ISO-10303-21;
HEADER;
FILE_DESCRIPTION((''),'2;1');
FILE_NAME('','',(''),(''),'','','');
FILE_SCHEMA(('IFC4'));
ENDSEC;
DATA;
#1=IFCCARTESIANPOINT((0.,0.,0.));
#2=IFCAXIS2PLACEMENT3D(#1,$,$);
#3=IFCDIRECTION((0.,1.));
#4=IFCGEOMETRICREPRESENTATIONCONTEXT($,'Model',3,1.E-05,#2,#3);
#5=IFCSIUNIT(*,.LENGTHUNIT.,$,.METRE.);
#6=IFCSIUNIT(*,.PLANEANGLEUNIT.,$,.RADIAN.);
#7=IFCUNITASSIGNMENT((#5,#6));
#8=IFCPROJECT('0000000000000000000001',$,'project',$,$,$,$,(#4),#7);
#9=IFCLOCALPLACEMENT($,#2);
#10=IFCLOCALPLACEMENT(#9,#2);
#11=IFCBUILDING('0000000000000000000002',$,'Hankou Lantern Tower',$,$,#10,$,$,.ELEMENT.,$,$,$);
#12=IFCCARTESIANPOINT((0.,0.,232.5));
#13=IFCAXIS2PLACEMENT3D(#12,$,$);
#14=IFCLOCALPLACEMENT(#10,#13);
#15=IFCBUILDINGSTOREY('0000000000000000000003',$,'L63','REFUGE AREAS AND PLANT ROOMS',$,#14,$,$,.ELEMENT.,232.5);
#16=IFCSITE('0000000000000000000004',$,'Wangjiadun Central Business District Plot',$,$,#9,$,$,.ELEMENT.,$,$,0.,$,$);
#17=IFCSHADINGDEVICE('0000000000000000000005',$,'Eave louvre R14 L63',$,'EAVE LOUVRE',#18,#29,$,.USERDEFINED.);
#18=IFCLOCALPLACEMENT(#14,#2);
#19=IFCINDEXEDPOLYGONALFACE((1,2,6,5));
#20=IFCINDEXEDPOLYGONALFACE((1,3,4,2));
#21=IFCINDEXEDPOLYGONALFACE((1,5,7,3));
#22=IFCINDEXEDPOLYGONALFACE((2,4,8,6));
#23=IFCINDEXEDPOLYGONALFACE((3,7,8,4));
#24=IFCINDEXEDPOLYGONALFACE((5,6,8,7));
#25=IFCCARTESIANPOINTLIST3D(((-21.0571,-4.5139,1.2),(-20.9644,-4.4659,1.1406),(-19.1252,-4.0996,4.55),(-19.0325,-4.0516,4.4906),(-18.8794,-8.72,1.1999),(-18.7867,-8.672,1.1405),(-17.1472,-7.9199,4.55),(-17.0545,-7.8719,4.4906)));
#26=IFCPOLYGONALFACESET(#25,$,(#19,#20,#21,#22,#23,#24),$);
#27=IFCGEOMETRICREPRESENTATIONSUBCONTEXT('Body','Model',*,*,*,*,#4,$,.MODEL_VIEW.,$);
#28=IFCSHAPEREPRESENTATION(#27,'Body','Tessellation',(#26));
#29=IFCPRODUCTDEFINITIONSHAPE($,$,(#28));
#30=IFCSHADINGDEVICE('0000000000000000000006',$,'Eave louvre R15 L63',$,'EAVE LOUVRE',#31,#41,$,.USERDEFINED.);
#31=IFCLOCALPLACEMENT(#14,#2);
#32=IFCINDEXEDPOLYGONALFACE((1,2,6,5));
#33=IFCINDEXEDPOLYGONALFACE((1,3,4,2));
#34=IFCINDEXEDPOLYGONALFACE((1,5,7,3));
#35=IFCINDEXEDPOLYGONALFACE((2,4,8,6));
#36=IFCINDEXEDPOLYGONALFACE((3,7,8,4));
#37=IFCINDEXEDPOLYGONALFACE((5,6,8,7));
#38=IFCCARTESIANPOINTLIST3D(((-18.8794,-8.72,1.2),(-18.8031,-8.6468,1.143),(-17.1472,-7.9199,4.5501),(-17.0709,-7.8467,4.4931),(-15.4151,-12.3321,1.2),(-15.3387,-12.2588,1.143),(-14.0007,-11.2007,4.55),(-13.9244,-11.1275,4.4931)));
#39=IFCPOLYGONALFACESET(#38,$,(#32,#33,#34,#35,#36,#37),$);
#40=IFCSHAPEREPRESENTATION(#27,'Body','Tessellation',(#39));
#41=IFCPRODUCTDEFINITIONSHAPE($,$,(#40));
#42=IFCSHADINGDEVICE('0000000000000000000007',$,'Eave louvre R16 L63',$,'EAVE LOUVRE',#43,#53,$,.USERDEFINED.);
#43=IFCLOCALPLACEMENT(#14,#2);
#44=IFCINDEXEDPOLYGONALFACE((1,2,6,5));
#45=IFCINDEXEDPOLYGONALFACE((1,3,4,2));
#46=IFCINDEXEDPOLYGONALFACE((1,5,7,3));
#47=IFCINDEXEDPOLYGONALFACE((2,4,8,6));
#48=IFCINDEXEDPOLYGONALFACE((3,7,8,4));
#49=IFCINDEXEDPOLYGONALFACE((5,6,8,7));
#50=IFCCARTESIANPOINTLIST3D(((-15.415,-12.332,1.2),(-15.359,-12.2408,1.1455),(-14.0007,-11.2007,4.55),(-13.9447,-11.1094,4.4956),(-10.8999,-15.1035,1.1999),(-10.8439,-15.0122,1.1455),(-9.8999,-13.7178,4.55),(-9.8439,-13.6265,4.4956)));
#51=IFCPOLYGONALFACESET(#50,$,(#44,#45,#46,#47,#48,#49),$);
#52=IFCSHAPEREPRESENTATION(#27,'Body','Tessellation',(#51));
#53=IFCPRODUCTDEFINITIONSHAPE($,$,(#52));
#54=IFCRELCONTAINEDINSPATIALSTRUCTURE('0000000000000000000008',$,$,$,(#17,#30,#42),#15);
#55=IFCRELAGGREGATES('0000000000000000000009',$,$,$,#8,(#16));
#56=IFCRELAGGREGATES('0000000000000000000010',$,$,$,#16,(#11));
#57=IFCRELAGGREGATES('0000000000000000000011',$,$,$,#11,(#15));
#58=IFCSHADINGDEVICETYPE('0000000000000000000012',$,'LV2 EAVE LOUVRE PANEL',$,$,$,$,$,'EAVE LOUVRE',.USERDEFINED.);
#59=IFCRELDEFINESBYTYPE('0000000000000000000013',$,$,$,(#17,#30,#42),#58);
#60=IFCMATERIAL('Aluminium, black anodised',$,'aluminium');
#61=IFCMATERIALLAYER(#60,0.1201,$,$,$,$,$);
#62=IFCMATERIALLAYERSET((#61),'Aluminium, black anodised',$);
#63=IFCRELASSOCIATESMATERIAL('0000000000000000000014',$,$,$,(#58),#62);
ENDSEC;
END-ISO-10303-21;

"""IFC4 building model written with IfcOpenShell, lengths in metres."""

from ifc_helpers import new_model, si_unit, direction, frame, origin, place, context, subcontext, project, spatial, polyline, outline, extrude, material, layer, layer_set, type_object, element, save


model = new_model("IFC4")

# Units and contexts
model_context = context("Model", 3, precision=1e-05, world=origin(), true_north=direction((0.0, 1.0)))
body_context = subcontext(model_context, "Body", "Model", "MODEL_VIEW")
ifc_project = project(units=[si_unit("LENGTHUNIT", "METRE"), si_unit("PLANEANGLEUNIT", "RADIAN")], contexts=[model_context])

# Site, building, storey
site_placement = place(None, origin())
site = spatial("IfcSite", under=ifc_project, at=site_placement, Name="Wangjiadun Central Business District Plot", CompositionType="ELEMENT", RefElevation=0.0)
building_placement = place(site_placement, origin())
building = spatial("IfcBuilding", under=site, at=building_placement, Name="Hankou Lantern Tower", CompositionType="ELEMENT")
storey_placement = place(building_placement, frame((0.0, 0.0, 232.5)))
storey = spatial("IfcBuildingStorey", under=building, at=storey_placement, Name="L63", Description="REFUGE AREAS AND PLANT ROOMS", CompositionType="ELEMENT", Elevation=232.5)

# Shading devices
ifc_material_1 = material(Name="Aluminium, black anodised", Category="aluminium")
ifc_layer_1 = layer(ifc_material_1, 0.1201)
ifc_layer_set_1 = layer_set([ifc_layer_1], Name="Aluminium, black anodised")
shading_device_type = type_object("IfcShadingDeviceType", Name="LV2 EAVE LOUVRE PANEL", ElementType="EAVE LOUVRE", PredefinedType="USERDEFINED", material=ifc_layer_set_1)
shading_device_1_placement = place(storey_placement, frame((-21.0571, -4.5139, 1.2), z_axis=(-0.771844, -0.399633, 0.49452), x_axis=(0.459788, -0.888028, -0.000001)))
element("IfcShadingDevice", 1, at=shading_device_1_placement, inside=storey, type_object=shading_device_type, Name="Eave louvre R14 L63", ObjectType="EAVE LOUVRE", PredefinedType="USERDEFINED", context=body_context, shape_type="SweptSolid", body=[
    extrude(outline(polyline([(0.0, 0.0), (4.7364, 0.0), (4.8224, 3.8544), (0.5203, 3.8544), (0.0, 0.0)])), origin(), (0.0, 0.0, -1.0), 0.1201),
])
shading_device_2_placement = place(storey_placement, frame((-18.8794, -8.72, 1.2), z_axis=(-0.635451, -0.609455, 0.474096), x_axis=(0.692192, -0.721714, 0.000004)))
element("IfcShadingDevice", 2, at=shading_device_2_placement, inside=storey, type_object=shading_device_type, Name="Eave louvre R15 L63", ObjectType="EAVE LOUVRE", PredefinedType="USERDEFINED", context=body_context, shape_type="SweptSolid", body=[
    extrude(outline(polyline([(0.0, 0.0), (5.0049, 0.0), (5.1673, 3.8049), (0.6216, 3.8049), (0.0, 0.0)])), origin(), (0.0, 0.0, -1.0), 0.1201),
])
shading_device_3_placement = place(storey_placement, frame((-15.415, -12.332, 1.2), z_axis=(-0.466268, -0.759629, 0.453385), x_axis=(0.852256, -0.523126, -0.000003)))
element("IfcShadingDevice", 3, at=shading_device_3_placement, inside=storey, type_object=shading_device_type, Name="Eave louvre R16 L63", ObjectType="EAVE LOUVRE", PredefinedType="USERDEFINED", context=body_context, shape_type="SweptSolid", body=[
    extrude(outline(polyline([(0.0, 0.0), (5.2979, 0.0), (5.4252, 3.7586), (0.6135, 3.7586), (0.0, 0.0)])), origin(), (0.0, 0.0, -1.0), 0.1201),
])

save(model, "model.ifc")
